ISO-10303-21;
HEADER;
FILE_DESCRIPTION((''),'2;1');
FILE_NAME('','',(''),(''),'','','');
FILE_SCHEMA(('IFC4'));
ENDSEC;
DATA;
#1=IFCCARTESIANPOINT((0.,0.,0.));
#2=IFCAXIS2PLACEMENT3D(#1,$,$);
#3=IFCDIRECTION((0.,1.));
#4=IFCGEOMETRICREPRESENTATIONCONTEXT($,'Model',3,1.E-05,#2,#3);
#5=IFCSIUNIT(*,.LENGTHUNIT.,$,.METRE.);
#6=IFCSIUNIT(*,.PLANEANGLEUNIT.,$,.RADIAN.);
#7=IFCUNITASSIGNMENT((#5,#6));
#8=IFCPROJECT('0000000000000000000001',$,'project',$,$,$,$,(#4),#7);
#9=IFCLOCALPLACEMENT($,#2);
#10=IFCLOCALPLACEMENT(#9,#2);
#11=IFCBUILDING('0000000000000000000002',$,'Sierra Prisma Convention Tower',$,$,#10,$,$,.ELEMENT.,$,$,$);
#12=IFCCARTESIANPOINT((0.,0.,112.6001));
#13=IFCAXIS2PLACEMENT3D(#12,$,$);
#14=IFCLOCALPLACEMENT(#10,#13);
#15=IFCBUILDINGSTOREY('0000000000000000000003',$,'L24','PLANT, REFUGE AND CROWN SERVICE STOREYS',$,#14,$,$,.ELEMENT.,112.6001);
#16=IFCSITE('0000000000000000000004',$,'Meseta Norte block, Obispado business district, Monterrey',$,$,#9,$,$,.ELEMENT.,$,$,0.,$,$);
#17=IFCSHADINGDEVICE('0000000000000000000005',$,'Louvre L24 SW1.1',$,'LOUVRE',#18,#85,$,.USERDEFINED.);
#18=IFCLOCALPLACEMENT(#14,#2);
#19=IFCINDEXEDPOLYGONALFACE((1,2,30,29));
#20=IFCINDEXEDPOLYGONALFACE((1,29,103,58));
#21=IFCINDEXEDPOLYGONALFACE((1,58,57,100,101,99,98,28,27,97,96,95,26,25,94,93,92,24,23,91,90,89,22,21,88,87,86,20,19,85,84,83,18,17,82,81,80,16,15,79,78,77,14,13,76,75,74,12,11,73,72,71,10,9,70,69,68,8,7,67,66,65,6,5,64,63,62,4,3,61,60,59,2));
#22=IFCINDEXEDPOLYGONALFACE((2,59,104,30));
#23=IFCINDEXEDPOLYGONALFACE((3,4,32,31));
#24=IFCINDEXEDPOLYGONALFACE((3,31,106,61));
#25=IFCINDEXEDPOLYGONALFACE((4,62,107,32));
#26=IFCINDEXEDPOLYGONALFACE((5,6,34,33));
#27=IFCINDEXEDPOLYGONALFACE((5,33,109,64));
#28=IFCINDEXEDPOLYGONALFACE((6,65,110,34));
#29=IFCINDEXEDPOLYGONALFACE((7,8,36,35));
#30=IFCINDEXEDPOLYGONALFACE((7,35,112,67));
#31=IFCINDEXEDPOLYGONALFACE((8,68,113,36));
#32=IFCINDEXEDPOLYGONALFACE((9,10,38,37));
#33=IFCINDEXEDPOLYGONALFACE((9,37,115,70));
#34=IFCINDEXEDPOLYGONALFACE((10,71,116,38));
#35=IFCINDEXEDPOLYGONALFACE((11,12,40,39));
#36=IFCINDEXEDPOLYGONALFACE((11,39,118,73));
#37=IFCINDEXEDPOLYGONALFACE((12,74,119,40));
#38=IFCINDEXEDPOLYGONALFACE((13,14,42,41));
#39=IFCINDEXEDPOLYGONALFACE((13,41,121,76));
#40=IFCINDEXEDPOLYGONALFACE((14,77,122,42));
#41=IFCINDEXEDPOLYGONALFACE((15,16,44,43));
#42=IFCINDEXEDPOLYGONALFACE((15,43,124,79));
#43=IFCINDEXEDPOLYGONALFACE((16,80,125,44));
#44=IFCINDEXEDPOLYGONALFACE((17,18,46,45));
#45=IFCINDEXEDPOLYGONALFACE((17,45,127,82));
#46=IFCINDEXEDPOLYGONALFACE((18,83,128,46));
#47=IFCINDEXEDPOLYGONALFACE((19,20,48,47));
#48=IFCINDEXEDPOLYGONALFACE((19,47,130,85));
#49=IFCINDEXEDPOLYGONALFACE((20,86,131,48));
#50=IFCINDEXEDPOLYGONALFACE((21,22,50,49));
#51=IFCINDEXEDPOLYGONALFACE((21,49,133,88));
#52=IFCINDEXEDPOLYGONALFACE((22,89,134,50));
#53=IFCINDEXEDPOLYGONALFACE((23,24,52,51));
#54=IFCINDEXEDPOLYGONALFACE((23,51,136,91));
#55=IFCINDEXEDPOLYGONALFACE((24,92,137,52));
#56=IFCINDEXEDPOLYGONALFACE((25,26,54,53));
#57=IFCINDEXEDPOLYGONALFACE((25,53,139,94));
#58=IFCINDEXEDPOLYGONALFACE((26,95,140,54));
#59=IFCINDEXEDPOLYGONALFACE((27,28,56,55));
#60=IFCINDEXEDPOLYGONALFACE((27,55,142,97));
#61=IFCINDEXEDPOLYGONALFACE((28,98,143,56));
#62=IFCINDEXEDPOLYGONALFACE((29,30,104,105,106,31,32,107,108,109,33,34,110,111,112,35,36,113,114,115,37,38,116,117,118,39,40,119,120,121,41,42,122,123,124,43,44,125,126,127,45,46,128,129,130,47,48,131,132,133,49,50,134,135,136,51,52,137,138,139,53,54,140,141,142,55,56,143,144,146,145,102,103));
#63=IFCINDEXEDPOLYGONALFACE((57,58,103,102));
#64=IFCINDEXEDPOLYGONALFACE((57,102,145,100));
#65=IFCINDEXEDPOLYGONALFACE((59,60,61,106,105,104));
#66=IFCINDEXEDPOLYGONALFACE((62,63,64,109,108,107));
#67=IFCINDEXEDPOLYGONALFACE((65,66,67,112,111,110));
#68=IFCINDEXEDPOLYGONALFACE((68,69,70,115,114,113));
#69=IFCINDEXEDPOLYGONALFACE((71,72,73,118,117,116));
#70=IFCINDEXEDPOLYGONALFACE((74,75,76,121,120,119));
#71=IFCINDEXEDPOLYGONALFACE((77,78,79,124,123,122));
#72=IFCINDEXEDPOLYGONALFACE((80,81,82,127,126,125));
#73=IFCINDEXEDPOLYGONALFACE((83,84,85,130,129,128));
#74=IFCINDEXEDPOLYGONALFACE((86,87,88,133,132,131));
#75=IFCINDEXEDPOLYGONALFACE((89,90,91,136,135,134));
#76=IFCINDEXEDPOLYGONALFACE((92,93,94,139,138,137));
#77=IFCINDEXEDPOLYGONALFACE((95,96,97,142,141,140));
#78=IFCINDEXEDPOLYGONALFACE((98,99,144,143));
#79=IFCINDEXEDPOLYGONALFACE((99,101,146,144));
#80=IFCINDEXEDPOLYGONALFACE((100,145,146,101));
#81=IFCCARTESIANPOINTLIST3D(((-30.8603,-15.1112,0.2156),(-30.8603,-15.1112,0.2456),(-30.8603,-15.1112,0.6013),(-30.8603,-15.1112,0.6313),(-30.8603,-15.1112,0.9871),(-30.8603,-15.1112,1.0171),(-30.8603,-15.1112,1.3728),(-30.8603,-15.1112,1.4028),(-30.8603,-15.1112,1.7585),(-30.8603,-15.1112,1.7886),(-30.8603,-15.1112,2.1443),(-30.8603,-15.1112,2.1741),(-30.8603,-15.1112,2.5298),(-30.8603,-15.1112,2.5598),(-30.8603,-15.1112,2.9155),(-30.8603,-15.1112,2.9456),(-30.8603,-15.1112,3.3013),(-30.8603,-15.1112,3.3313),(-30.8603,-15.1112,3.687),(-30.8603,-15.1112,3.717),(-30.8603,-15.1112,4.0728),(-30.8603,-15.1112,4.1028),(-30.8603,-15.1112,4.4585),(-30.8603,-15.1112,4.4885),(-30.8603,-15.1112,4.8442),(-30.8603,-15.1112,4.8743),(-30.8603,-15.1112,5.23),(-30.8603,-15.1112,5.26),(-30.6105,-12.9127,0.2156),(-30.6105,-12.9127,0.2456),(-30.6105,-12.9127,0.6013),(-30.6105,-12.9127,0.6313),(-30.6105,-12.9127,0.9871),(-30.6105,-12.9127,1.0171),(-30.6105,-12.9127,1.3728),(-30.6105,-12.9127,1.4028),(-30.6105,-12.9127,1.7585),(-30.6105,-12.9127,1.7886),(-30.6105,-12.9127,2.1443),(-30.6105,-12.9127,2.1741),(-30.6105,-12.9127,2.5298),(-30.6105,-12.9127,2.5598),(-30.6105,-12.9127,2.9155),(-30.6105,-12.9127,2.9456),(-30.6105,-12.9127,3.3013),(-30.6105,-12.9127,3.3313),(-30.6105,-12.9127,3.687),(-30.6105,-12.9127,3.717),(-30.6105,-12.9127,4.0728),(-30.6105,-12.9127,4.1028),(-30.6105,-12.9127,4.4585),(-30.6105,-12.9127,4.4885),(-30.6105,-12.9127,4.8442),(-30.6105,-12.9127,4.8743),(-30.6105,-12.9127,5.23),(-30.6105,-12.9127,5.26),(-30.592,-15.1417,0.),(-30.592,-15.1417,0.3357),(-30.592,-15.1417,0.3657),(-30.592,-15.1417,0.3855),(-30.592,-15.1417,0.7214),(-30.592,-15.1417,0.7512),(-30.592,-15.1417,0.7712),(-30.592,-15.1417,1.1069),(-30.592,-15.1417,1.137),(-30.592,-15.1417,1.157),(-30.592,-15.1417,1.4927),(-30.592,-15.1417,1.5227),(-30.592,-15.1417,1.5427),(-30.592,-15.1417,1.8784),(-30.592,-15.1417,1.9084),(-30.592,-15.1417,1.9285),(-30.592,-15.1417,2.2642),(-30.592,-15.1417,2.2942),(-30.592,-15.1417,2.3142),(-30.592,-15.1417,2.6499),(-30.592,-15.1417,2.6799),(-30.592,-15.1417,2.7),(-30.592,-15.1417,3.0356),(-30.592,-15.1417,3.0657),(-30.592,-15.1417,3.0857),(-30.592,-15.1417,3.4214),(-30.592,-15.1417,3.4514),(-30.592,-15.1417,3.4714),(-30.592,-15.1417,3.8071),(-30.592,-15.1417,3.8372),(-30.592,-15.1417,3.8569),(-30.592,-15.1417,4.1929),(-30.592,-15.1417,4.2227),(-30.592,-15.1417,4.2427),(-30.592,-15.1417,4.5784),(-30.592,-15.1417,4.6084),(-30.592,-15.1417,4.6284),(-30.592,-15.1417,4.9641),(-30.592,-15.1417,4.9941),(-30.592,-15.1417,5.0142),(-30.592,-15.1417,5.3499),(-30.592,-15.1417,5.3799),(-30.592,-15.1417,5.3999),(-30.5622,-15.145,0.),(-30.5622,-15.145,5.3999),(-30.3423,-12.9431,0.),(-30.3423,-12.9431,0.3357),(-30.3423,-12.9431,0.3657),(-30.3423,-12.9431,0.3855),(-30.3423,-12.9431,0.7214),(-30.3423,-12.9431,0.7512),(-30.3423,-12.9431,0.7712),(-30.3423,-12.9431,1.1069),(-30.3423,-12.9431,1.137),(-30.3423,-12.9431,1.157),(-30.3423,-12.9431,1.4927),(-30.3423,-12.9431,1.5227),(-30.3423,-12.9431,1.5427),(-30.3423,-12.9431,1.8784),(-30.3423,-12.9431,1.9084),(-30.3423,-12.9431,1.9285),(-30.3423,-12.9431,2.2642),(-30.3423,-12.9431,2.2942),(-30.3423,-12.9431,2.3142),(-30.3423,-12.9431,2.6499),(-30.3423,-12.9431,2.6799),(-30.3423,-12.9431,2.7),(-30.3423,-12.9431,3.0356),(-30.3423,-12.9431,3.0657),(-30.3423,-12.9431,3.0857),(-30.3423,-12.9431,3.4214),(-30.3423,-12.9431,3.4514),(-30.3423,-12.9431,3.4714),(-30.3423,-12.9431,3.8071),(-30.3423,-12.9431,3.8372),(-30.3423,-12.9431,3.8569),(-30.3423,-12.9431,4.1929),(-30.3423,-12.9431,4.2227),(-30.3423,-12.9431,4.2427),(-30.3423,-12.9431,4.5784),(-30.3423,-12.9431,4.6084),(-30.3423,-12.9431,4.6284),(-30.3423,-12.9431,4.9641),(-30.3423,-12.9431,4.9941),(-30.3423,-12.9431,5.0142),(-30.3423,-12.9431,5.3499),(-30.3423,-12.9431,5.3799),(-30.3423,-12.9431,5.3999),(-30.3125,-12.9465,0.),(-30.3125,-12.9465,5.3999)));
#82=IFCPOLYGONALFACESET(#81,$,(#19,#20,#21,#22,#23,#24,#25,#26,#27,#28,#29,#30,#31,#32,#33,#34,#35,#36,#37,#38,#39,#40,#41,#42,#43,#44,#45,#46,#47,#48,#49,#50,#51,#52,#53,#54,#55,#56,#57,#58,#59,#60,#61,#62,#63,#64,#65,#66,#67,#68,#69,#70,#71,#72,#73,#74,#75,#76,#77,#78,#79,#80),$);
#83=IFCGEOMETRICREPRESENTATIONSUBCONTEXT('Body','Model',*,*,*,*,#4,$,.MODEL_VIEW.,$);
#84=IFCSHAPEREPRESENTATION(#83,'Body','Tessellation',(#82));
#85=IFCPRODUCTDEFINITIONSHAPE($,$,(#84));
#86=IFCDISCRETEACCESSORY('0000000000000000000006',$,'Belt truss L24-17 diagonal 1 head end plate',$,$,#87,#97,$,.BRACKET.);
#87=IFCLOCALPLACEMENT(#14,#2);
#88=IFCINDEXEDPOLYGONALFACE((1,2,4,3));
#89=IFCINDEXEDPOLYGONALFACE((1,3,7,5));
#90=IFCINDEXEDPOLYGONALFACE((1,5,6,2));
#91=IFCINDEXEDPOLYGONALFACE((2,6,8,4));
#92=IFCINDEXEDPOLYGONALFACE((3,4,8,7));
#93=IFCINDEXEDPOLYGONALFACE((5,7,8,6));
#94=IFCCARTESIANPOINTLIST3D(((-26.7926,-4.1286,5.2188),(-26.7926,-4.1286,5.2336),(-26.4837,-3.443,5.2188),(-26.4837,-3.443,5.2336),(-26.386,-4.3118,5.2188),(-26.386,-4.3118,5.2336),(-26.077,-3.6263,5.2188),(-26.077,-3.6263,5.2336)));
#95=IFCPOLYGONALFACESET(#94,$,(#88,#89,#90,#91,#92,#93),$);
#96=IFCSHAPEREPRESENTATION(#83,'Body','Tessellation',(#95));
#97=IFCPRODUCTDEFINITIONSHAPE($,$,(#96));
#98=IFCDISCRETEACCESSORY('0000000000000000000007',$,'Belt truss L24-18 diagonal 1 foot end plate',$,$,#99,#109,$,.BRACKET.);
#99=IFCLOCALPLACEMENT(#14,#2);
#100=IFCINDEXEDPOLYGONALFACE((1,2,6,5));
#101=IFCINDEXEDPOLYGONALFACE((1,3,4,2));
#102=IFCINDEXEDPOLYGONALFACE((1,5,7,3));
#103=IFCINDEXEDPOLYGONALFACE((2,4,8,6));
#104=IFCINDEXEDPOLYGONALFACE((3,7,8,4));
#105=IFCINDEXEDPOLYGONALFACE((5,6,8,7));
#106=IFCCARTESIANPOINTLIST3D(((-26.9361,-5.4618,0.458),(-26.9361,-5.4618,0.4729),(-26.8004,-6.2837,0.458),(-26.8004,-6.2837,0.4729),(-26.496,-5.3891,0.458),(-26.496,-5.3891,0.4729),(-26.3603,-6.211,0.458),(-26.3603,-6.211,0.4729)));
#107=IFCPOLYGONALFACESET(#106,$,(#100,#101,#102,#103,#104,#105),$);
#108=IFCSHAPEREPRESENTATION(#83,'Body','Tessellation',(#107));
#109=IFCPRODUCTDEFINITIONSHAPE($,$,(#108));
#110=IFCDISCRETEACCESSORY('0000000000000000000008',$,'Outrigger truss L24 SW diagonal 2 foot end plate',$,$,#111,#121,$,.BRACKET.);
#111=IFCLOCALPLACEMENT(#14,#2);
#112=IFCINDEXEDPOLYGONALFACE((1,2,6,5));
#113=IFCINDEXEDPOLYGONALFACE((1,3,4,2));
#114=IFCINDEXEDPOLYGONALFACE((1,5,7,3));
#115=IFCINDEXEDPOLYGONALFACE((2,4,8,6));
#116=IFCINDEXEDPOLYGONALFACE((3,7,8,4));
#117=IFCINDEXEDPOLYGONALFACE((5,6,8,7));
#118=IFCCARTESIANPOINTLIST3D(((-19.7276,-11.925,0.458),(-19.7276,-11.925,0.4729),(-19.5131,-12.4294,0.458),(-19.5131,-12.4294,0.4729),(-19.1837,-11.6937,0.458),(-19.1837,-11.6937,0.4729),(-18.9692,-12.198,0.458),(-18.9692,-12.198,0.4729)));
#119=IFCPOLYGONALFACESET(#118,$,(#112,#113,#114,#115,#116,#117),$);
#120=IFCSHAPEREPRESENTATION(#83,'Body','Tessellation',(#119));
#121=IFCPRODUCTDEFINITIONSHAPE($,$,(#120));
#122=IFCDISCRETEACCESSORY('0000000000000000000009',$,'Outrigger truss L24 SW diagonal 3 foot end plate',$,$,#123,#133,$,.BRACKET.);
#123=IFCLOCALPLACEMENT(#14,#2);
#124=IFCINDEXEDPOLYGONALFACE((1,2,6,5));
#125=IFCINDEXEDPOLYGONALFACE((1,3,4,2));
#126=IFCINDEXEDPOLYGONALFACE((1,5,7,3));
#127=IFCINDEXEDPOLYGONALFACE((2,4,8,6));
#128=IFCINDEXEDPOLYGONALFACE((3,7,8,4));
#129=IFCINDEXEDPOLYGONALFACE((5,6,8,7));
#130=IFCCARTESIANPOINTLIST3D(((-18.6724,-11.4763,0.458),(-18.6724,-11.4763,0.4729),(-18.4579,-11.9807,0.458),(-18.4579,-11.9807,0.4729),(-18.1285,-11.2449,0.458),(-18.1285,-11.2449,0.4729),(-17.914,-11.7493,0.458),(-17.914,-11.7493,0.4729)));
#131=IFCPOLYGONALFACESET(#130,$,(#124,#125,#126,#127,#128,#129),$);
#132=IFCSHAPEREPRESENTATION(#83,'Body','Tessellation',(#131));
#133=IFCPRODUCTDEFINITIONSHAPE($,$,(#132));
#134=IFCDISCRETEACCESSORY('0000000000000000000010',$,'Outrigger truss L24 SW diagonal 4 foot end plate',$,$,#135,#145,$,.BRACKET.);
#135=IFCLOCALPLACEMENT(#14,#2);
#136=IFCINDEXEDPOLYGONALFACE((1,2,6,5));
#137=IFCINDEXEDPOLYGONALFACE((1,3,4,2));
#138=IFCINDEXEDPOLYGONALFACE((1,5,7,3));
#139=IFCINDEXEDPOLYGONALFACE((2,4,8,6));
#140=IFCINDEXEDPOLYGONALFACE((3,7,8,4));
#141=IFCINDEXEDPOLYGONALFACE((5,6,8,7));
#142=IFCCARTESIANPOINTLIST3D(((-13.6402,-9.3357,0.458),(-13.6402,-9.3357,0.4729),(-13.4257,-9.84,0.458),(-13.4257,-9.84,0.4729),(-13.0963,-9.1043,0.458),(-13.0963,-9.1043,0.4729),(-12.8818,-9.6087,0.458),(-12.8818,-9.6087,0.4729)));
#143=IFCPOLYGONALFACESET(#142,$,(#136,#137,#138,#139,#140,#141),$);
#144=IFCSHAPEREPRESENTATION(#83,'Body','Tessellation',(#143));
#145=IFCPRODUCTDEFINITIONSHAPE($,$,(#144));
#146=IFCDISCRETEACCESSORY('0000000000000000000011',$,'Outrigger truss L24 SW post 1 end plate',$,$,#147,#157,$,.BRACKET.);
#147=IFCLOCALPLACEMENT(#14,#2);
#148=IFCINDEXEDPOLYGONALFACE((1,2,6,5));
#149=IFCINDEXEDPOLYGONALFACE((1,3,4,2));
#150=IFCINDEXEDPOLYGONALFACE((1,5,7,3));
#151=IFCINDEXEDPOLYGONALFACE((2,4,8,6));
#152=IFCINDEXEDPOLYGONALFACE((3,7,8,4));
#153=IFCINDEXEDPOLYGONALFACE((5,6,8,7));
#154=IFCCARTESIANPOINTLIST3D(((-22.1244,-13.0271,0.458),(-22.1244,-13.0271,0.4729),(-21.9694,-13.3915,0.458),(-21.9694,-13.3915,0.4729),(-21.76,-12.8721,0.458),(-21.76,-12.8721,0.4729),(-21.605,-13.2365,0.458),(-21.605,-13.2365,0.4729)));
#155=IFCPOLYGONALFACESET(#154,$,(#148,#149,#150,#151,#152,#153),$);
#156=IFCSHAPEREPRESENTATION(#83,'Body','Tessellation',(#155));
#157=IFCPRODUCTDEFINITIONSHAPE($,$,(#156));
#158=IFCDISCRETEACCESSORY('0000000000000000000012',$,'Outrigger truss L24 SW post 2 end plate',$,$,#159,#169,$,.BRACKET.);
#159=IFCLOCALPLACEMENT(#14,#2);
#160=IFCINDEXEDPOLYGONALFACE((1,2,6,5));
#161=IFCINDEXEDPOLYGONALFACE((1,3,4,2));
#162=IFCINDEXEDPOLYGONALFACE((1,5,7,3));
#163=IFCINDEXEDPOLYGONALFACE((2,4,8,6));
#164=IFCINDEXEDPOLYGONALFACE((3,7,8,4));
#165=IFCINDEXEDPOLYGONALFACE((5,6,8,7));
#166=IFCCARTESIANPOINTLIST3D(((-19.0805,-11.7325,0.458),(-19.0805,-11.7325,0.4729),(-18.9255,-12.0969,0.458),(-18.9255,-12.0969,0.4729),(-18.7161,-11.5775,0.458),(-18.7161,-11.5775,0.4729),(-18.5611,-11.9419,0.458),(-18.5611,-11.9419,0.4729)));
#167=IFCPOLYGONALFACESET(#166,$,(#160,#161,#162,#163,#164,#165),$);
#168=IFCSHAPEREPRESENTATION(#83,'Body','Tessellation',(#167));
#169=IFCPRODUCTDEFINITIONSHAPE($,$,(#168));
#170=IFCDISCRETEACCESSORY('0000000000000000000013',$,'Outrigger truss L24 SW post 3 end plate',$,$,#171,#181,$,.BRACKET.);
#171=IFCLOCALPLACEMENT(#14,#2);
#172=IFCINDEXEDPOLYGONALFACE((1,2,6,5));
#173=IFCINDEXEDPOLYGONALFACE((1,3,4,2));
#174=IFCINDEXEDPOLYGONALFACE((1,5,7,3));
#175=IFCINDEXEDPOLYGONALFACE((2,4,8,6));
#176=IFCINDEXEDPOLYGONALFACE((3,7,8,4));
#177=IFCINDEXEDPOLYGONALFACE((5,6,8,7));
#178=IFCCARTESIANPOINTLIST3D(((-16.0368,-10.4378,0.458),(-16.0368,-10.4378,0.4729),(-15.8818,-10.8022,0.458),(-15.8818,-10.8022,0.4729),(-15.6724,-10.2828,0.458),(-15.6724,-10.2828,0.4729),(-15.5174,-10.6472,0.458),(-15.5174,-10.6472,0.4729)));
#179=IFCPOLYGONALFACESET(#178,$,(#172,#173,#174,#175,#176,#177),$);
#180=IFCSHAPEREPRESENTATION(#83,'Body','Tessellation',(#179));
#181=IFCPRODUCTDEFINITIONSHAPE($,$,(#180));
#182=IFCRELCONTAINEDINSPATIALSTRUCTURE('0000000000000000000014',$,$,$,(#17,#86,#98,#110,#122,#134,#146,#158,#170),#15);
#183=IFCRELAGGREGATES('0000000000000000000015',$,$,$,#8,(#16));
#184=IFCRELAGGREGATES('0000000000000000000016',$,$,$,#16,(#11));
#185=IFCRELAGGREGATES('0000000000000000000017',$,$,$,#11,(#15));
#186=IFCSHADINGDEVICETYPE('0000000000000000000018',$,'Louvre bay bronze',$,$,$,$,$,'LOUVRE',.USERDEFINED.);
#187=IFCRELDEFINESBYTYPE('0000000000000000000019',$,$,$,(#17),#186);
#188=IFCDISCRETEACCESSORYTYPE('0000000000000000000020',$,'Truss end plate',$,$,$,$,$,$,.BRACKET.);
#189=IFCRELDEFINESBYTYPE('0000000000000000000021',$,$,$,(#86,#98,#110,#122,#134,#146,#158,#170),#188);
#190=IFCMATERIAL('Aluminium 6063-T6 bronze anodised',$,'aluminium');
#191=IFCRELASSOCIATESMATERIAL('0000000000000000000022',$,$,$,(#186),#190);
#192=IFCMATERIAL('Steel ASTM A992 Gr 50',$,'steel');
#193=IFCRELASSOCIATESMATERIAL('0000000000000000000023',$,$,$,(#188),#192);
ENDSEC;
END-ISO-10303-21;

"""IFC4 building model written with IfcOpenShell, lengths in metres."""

from ifc_helpers import new_model, si_unit, direction, frame, origin, origin_2d, place, context, subcontext, project, spatial, polyline, rectangle, outline, extrude, material, type_object, element, save


model = new_model("IFC4")

# Units and contexts
model_context = context("Model", 3, precision=1e-05, world=origin(), true_north=direction((0.0, 1.0)))
body_context = subcontext(model_context, "Body", "Model", "MODEL_VIEW")
ifc_project = project(units=[si_unit("LENGTHUNIT", "METRE"), si_unit("PLANEANGLEUNIT", "RADIAN")], contexts=[model_context])

# Site, building, storey
site_placement = place(None, origin())
site = spatial("IfcSite", under=ifc_project, at=site_placement, Name="Meseta Norte block, Obispado business district, Monterrey", CompositionType="ELEMENT", RefElevation=0.0)
building_placement = place(site_placement, origin())
building = spatial("IfcBuilding", under=site, at=building_placement, Name="Sierra Prisma Convention Tower", CompositionType="ELEMENT")
storey_placement = place(building_placement, frame((0.0, 0.0, 112.6001)))
storey = spatial("IfcBuildingStorey", under=building, at=storey_placement, Name="L24", Description="PLANT, REFUGE AND CROWN SERVICE STOREYS", CompositionType="ELEMENT", Elevation=112.6001)

# Shading device
ifc_material_1 = material(Name="Aluminium 6063-T6 bronze anodised", Category="aluminium")
shading_device_type = type_object("IfcShadingDeviceType", Name="Louvre bay bronze", ElementType="LOUVRE", PredefinedType="USERDEFINED", material=ifc_material_1)
shading_device_1_placement = place(storey_placement, frame((-30.3125, -12.9465, 0.0), z_axis=(0.112861, 0.993611, 0.0), x_axis=(0.0, 0.0, 1.0)))
element("IfcShadingDevice", 1, at=shading_device_1_placement, inside=storey, type_object=shading_device_type, Name="Louvre L24 SW1.1", ObjectType="LOUVRE", PredefinedType="USERDEFINED", context=body_context, shape_type="SweptSolid", body=[
    extrude(outline(polyline([(0.0, 0.0), (5.3999, 0.0), (5.3999, -0.03), (5.3799, -0.03), (5.26, -0.3), (5.23, -0.3), (5.3499, -0.03), (5.0142, -0.03), (4.9941, -0.03), (4.8743, -0.3), (4.8442, -0.3), (4.9641, -0.03), (4.6284, -0.03), (4.6084, -0.03), (4.4885, -0.3), (4.4585, -0.3), (4.5784, -0.03), (4.2427, -0.03), (4.2227, -0.03), (4.1028, -0.3), (4.0728, -0.3), (4.1929, -0.03), (3.8569, -0.03), (3.8372, -0.03), (3.717, -0.3), (3.687, -0.3), (3.8071, -0.03), (3.4714, -0.03), (3.4514, -0.03), (3.3313, -0.3), (3.3013, -0.3), (3.4214, -0.03), (3.0857, -0.03), (3.0657, -0.03), (2.9456, -0.3), (2.9155, -0.3), (3.0356, -0.03), (2.7, -0.03), (2.6799, -0.03), (2.5598, -0.3), (2.5298, -0.3), (2.6499, -0.03), (2.3142, -0.03), (2.2942, -0.03), (2.1741, -0.3), (2.1443, -0.3), (2.2642, -0.03), (1.9285, -0.03), (1.9084, -0.03), (1.7886, -0.3), (1.7585, -0.3), (1.8784, -0.03), (1.5427, -0.03), (1.5227, -0.03), (1.4028, -0.3), (1.3728, -0.3), (1.4927, -0.03), (1.157, -0.03), (1.137, -0.03), (1.0171, -0.3), (0.9871, -0.3), (1.1069, -0.03), (0.7712, -0.03), (0.7512, -0.03), (0.6313, -0.3), (0.6013, -0.3), (0.7214, -0.03), (0.3855, -0.03), (0.3657, -0.03), (0.2456, -0.3), (0.2156, -0.3), (0.3357, -0.03), (0.0, -0.03), (0.0, 0.0)])), origin(), (0.0, 0.0, -1.0), 2.2126),
])

# Discrete accessories
ifc_material_2 = material(Name="Steel ASTM A992 Gr 50", Category="steel")
discrete_accessory_type = type_object("IfcDiscreteAccessoryType", Name="Truss end plate", PredefinedType="BRACKET", material=ifc_material_2)
discrete_accessory_1_placement = place(storey_placement, frame((-26.4348, -3.8774, 5.2188), z_axis=(0.0, 0.0, 1.0), x_axis=(-0.41086, -0.911698, 0.0)))
element("IfcDiscreteAccessory", 2, at=discrete_accessory_1_placement, inside=storey, type_object=discrete_accessory_type, Name="Belt truss L24-17 diagonal 1 head end plate", PredefinedType="BRACKET", context=body_context, shape_type="SweptSolid", body=[
    extrude(rectangle(XDim=0.752, YDim=0.446, at=origin_2d()), origin(), (0.0, 0.0, 1.0), 0.0149),
])
discrete_accessory_2_placement = place(storey_placement, frame((-26.6482, -5.8364, 0.458), z_axis=(0.0, 0.0, 1.0), x_axis=(0.162944, -0.986635, 0.0)))
element("IfcDiscreteAccessory", 3, at=discrete_accessory_2_placement, inside=storey, type_object=discrete_accessory_type, Name="Belt truss L24-18 diagonal 1 foot end plate", PredefinedType="BRACKET", context=body_context, shape_type="SweptSolid", body=[
    extrude(rectangle(XDim=0.833, YDim=0.446, at=origin_2d()), origin(), (0.0, 0.0, 1.0), 0.0149),
])
for number, where, z_axis, x_axis, name in (
    (4, (-19.3484, -12.0615, 0.458), (0.0, 0.0, 1.0), (0.920213, 0.391419, 0.0), "Outrigger truss L24 SW diagonal 2 foot end plate"),
    (5, (-18.2932, -11.6128, 0.458), (0.0, 0.0, 1.0), (0.920213, 0.391419, 0.0), "Outrigger truss L24 SW diagonal 3 foot end plate"),
    (6, (-13.261, -9.4722, 0.458), (0.0, 0.0, 1.0), (0.920213, 0.391419, 0.0), "Outrigger truss L24 SW diagonal 4 foot end plate"),
):
    element("IfcDiscreteAccessory", number, at=place(storey_placement, frame(where, z_axis=z_axis, x_axis=x_axis)), inside=storey, type_object=discrete_accessory_type, Name=name, PredefinedType="BRACKET", context=body_context, shape_type="SweptSolid", body=[
        extrude(rectangle(XDim=0.5911, YDim=0.5481, at=origin_2d()), origin(), (0.0, 0.0, 1.0), 0.0149),
    ])
for number, where, z_axis, x_axis, name in (
    (7, (-21.8647, -13.1318, 0.458), (0.0, 0.0, 1.0), (0.920213, 0.391419, 0.0), "Outrigger truss L24 SW post 1 end plate"),
    (8, (-18.8208, -11.8372, 0.458), (0.0, 0.0, 1.0), (0.920213, 0.391419, 0.0), "Outrigger truss L24 SW post 2 end plate"),
    (9, (-15.7771, -10.5425, 0.458), (0.0, 0.0, 1.0), (0.920213, 0.391419, 0.0), "Outrigger truss L24 SW post 3 end plate"),
):
    element("IfcDiscreteAccessory", number, at=place(storey_placement, frame(where, z_axis=z_axis, x_axis=x_axis)), inside=storey, type_object=discrete_accessory_type, Name=name, PredefinedType="BRACKET", context=body_context, shape_type="SweptSolid", body=[
        extrude(rectangle(XDim=0.396, YDim=0.396, at=origin_2d()), origin(), (0.0, 0.0, 1.0), 0.0149),
    ])

save(model, "model.ifc")
